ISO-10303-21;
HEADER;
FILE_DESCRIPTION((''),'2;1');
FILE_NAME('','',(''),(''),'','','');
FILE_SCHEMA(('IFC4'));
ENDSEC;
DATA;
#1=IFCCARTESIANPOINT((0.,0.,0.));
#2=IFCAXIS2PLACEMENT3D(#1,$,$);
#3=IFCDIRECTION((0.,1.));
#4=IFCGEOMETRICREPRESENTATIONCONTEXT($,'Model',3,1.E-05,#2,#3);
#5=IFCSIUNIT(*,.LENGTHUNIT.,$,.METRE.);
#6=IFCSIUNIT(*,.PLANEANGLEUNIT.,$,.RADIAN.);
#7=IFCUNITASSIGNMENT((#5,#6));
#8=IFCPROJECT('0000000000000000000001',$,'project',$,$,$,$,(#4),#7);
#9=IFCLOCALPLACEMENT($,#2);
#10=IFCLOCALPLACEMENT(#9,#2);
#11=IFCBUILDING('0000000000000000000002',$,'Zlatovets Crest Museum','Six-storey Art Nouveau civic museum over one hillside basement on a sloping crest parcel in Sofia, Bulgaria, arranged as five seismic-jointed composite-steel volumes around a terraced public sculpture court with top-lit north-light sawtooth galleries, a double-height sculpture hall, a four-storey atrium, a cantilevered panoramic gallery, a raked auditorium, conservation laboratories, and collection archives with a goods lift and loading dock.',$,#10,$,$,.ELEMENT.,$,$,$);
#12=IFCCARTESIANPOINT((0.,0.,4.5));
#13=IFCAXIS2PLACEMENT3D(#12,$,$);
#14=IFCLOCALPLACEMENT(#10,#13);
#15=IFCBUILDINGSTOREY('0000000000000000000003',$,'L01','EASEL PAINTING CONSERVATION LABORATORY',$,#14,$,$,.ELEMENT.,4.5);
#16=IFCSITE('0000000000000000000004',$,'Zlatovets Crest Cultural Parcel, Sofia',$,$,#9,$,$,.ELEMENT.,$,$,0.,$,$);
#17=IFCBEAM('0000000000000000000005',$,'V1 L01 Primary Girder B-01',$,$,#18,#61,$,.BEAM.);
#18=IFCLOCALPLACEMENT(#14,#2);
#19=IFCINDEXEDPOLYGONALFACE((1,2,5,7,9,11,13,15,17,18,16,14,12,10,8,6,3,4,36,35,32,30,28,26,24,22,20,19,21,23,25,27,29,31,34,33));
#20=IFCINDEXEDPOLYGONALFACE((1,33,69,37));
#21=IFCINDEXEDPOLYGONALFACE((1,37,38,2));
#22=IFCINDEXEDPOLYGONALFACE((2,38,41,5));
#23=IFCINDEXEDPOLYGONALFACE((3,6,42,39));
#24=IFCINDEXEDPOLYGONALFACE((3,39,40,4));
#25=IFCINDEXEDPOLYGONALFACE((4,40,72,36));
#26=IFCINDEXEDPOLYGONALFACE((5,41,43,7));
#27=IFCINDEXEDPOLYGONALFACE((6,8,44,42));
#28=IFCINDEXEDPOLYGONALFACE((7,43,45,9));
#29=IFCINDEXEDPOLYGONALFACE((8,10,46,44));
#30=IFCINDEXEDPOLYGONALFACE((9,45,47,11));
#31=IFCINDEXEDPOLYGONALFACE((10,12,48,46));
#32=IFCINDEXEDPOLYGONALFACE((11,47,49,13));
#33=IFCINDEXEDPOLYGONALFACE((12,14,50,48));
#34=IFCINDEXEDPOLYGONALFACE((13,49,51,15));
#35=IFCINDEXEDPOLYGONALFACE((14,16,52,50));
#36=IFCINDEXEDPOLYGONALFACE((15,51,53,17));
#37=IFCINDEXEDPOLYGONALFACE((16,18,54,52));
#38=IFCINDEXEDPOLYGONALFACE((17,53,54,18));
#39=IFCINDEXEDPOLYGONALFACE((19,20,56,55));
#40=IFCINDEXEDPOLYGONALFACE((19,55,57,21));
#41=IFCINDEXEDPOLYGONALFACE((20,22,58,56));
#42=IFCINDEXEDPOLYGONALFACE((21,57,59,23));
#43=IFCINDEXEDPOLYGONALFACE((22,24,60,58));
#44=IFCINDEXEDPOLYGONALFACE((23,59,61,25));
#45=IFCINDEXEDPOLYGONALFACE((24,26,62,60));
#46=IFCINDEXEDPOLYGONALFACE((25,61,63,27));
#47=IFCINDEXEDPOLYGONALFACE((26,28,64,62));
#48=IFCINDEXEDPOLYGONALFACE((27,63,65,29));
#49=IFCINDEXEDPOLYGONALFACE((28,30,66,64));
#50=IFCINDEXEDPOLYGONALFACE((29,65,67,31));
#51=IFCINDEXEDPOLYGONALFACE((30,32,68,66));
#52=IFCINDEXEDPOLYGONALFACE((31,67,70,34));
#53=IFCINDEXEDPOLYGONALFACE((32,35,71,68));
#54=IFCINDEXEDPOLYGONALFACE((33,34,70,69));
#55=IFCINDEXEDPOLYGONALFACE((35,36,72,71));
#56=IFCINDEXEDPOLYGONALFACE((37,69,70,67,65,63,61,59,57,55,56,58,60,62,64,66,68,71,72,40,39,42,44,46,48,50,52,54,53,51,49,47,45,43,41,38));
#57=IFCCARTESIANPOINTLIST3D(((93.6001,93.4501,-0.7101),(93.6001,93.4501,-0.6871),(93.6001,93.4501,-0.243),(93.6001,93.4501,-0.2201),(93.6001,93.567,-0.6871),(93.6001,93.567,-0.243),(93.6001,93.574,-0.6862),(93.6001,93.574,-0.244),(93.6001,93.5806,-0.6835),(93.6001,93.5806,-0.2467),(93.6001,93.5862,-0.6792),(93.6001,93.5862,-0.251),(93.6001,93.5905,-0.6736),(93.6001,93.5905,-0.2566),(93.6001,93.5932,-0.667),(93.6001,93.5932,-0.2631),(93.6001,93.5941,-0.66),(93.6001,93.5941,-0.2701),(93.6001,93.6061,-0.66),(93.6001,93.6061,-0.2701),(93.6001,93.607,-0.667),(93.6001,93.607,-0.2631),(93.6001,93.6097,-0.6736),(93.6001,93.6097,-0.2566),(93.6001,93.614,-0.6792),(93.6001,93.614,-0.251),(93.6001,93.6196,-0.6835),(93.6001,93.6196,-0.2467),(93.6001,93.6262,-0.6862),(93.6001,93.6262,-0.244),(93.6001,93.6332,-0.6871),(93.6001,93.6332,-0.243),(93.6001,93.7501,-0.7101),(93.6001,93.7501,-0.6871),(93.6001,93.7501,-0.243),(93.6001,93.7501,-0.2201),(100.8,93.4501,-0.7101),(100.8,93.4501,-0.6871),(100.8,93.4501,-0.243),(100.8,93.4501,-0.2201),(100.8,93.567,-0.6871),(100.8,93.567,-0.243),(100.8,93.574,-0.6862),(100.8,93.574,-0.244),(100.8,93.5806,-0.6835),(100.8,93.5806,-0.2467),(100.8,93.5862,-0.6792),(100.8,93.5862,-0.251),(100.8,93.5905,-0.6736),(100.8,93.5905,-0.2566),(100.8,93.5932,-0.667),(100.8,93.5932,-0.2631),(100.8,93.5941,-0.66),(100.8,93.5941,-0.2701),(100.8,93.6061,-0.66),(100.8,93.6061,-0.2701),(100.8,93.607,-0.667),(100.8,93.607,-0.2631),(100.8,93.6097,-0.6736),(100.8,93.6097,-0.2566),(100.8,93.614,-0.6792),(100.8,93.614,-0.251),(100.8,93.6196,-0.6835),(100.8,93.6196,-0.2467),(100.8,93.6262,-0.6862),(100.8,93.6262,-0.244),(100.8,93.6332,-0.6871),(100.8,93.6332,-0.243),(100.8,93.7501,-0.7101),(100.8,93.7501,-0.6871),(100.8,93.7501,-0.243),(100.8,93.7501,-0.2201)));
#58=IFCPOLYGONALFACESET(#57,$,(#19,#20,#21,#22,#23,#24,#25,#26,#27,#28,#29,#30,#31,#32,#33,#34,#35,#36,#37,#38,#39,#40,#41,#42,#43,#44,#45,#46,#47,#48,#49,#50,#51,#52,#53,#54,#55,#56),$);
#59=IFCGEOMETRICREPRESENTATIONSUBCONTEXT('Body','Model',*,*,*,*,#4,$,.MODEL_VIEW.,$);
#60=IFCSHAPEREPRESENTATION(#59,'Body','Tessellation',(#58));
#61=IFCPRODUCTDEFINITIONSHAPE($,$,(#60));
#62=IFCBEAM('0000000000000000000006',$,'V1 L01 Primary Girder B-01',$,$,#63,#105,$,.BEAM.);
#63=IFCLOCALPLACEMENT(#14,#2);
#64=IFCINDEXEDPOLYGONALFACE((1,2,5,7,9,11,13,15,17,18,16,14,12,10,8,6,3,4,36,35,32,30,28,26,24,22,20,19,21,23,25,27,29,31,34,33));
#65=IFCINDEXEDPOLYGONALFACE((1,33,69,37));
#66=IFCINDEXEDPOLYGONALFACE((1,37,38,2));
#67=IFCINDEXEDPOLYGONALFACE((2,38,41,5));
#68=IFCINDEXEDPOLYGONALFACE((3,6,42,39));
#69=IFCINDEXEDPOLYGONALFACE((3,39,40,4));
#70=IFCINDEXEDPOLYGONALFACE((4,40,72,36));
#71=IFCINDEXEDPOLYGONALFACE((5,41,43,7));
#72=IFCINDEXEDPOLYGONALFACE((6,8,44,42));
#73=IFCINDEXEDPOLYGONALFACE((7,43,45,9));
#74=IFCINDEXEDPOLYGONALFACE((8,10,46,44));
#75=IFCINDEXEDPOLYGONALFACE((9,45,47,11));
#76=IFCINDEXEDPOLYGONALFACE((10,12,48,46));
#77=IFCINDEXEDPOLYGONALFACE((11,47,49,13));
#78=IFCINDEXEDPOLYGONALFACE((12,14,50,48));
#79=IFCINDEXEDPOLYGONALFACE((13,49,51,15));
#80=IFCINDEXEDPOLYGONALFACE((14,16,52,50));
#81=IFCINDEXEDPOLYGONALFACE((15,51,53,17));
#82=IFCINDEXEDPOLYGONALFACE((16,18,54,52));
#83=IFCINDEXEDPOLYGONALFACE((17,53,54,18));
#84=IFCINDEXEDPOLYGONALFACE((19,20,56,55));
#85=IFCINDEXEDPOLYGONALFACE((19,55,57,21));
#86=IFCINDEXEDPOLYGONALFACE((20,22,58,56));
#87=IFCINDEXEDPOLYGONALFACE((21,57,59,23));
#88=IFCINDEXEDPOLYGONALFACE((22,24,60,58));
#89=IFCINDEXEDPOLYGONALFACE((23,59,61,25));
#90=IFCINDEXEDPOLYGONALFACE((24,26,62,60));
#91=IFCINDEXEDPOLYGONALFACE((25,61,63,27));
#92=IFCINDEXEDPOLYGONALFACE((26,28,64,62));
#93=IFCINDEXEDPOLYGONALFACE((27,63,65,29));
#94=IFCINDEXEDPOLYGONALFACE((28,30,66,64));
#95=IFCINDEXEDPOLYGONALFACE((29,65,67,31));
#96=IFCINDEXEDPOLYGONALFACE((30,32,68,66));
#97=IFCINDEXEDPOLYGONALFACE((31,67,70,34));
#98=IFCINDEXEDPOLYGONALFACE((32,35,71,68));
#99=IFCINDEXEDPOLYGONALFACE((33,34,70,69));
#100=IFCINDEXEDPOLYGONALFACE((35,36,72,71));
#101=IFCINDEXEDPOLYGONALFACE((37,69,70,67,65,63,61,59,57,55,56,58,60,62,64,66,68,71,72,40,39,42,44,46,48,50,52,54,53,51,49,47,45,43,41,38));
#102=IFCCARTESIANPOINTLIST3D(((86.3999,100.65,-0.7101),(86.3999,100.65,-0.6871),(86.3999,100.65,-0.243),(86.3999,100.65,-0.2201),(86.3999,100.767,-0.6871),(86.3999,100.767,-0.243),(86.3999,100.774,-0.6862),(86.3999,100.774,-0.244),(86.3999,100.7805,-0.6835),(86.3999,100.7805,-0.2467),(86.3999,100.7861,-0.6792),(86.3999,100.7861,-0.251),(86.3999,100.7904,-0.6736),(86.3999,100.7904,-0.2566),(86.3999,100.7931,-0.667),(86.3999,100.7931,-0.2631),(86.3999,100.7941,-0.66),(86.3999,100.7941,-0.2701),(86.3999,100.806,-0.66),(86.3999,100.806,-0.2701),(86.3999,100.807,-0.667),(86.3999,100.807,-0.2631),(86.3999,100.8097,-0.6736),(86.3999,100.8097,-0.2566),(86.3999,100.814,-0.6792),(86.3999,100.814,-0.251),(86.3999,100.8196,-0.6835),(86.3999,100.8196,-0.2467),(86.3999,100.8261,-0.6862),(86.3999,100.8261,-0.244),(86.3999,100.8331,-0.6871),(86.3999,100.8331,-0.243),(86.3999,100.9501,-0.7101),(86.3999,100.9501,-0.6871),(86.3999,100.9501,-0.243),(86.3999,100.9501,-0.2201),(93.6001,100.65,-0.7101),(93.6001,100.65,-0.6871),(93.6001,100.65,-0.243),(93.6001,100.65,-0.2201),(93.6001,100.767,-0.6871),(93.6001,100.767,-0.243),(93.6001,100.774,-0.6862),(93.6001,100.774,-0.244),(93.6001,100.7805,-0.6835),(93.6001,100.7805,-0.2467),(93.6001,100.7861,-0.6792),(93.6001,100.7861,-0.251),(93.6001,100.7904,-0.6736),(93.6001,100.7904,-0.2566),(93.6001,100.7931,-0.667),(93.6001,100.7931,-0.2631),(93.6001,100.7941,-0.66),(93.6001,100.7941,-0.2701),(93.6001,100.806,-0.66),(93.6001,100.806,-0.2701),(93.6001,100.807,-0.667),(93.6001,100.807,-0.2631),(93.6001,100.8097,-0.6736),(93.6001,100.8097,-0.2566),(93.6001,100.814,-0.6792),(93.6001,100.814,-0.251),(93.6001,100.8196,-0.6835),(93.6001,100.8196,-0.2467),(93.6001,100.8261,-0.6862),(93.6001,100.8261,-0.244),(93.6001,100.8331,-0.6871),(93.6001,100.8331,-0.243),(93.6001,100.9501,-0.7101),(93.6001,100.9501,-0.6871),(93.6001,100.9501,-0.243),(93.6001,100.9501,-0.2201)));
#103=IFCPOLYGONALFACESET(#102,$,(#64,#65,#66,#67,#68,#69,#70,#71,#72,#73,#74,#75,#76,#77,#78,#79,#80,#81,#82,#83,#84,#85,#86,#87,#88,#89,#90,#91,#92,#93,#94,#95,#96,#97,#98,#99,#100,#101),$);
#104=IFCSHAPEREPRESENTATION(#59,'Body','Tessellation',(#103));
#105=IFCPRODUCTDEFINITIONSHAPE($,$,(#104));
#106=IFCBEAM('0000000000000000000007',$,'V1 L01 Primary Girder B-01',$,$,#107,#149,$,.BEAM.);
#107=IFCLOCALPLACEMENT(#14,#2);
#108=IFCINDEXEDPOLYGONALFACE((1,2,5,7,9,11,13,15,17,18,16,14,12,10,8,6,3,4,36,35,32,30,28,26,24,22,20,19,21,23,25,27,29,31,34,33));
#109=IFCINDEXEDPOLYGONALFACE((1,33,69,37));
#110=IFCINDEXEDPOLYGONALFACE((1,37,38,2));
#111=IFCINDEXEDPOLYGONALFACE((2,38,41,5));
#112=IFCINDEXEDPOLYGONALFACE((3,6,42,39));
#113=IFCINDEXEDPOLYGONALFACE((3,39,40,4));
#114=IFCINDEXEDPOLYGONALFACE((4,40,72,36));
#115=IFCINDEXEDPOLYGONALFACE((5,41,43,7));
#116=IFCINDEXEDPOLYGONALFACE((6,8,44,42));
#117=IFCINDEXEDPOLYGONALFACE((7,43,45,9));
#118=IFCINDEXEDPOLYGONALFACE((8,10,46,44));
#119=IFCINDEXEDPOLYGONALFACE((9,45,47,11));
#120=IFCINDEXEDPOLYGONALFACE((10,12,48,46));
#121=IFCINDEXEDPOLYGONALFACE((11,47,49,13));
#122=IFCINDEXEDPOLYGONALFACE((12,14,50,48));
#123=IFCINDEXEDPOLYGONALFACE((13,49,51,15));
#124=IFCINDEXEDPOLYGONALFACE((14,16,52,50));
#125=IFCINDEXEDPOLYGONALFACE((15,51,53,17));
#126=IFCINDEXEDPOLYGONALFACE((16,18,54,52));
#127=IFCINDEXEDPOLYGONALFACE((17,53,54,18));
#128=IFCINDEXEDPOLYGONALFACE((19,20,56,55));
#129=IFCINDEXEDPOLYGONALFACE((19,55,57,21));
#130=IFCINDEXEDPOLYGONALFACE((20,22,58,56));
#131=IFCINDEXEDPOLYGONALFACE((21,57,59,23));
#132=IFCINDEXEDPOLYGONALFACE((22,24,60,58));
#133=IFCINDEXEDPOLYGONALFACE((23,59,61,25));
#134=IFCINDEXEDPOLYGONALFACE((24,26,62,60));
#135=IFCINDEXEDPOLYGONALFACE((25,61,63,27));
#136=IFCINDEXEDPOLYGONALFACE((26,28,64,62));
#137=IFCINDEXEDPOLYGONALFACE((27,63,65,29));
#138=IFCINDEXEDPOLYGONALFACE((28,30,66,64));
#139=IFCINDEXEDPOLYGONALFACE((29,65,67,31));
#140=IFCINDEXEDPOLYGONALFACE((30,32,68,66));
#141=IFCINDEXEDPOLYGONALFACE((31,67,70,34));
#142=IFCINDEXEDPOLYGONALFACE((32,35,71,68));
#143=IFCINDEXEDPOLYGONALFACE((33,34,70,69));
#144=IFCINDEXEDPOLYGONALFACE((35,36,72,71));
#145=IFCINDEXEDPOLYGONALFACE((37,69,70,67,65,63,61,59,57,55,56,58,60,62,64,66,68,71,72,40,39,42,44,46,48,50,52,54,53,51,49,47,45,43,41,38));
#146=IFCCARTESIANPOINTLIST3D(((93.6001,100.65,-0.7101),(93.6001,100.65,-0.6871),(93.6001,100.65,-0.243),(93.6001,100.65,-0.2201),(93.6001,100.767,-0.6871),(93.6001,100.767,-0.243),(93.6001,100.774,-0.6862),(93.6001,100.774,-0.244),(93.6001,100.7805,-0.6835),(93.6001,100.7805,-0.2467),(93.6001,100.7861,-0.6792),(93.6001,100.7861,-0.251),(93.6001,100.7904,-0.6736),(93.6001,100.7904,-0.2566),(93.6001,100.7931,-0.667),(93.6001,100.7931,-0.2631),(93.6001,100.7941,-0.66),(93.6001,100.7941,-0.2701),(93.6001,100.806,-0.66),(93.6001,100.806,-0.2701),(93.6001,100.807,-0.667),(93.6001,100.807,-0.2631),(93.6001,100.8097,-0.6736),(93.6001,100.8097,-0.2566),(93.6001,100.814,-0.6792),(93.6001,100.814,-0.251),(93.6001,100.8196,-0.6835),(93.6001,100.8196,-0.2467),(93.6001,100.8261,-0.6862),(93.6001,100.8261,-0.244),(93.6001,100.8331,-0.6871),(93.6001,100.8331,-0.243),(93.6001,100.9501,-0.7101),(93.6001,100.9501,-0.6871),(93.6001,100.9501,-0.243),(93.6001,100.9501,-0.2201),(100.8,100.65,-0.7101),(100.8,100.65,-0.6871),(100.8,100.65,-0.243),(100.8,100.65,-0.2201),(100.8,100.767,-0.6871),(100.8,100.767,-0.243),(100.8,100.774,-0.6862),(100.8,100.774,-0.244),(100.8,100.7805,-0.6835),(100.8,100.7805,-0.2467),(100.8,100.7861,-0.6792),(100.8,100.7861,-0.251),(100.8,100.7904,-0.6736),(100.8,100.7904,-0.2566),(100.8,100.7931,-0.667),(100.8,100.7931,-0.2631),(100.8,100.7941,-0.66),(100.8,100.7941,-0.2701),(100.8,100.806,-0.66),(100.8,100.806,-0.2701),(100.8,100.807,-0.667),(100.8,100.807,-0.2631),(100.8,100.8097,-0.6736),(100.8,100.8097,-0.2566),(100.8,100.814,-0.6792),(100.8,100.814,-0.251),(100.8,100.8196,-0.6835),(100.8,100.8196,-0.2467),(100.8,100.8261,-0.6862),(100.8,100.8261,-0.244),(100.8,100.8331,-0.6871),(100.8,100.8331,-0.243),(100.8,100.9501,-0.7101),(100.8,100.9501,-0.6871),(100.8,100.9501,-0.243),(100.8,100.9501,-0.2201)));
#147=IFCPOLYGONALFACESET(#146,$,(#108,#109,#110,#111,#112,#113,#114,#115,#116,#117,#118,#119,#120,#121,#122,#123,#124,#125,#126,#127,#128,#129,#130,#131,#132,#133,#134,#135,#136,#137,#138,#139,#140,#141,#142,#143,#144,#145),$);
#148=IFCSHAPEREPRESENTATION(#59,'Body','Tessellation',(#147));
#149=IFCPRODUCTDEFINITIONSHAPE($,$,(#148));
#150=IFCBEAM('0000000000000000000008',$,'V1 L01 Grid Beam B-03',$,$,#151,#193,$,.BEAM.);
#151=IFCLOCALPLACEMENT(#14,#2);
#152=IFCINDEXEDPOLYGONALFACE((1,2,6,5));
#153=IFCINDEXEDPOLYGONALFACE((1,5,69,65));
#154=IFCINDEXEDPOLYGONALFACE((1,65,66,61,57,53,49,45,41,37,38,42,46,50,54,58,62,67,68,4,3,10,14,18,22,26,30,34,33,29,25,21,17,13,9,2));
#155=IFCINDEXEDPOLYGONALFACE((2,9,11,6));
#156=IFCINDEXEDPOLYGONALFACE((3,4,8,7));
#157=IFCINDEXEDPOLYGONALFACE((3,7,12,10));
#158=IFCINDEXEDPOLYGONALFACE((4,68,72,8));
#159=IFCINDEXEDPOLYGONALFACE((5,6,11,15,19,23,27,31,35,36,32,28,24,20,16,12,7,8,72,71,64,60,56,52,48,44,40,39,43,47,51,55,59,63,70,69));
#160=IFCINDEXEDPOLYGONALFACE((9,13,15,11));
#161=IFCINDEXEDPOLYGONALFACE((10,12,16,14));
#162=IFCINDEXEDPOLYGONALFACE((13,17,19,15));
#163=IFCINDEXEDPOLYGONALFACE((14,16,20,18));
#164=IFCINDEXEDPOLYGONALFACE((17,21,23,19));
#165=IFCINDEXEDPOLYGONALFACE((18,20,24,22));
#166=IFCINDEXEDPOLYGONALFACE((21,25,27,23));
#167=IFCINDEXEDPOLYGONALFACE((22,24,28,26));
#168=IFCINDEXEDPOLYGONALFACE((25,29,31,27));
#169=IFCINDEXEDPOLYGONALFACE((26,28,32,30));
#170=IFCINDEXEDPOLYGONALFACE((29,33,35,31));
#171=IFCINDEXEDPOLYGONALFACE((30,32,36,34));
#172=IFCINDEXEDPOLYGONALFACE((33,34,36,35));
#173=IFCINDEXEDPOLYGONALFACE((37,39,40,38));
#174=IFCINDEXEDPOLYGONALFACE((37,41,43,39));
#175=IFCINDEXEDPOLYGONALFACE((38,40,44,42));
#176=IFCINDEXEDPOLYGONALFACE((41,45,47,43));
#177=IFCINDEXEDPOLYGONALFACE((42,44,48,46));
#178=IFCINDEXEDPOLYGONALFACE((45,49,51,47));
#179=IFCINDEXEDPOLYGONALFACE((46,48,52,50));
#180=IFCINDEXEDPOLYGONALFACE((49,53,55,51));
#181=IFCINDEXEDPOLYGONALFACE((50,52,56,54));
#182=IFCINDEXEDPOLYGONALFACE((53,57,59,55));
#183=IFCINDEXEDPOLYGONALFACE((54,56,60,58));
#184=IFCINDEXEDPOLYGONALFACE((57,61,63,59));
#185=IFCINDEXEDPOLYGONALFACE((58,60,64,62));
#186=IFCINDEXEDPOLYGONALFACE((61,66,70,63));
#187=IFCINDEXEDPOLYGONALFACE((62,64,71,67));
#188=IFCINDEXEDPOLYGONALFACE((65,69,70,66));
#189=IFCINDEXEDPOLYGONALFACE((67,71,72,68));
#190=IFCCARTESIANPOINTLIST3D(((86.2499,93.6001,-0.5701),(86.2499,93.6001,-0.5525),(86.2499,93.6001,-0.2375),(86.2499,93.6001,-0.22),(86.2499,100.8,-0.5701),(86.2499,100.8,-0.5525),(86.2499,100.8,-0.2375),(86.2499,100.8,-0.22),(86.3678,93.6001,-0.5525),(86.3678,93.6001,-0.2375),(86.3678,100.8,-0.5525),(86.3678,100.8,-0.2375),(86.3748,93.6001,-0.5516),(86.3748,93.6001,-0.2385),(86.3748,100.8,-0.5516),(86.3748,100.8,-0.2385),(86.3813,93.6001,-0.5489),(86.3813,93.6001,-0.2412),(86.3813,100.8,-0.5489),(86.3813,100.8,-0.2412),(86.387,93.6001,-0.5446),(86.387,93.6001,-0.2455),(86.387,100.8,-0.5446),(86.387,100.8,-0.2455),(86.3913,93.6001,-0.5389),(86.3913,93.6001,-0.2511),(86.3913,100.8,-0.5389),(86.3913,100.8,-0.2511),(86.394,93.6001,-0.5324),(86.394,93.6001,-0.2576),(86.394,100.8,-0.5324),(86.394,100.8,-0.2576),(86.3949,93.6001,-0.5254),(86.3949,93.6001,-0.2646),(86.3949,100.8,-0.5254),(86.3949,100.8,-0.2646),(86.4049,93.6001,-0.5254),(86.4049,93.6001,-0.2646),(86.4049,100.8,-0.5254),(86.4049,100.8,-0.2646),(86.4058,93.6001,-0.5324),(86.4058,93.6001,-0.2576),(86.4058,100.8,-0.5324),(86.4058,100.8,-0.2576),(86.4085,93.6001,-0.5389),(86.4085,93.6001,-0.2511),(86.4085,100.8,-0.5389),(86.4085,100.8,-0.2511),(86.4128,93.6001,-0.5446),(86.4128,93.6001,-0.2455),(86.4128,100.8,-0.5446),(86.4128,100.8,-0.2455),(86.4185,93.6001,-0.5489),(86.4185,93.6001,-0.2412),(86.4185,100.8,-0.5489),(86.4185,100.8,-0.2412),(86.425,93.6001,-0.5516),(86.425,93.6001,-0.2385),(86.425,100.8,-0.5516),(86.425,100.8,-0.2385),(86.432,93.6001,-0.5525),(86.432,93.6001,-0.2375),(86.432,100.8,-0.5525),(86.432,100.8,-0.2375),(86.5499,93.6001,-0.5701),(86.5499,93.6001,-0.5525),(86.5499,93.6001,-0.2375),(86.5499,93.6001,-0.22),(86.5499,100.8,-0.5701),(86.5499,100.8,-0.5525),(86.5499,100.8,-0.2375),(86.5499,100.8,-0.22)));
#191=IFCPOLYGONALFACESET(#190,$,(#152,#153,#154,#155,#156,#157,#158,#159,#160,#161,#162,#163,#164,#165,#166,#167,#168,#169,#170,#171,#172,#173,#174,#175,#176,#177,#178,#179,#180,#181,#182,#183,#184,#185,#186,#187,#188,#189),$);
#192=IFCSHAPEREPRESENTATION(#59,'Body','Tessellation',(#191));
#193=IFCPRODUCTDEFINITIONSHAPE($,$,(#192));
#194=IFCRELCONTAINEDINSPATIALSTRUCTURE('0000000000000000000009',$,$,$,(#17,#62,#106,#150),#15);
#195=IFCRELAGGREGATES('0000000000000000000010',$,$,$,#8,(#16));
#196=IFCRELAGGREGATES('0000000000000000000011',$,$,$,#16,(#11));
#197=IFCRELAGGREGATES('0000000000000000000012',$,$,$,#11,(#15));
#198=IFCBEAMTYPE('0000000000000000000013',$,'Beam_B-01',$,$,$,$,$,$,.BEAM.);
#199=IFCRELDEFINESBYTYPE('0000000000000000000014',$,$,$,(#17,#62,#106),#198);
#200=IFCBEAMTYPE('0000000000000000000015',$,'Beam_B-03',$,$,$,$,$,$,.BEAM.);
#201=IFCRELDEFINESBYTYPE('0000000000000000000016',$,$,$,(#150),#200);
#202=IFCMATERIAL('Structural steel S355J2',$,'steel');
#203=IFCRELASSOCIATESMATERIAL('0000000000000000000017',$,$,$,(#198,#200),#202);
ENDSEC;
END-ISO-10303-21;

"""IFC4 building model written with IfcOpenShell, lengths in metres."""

from ifc_helpers import new_model, si_unit, direction, frame, origin, origin_2d, place, context, subcontext, project, spatial, i_section, extrude, material, material_profile, profile_set, type_object, element, save


model = new_model("IFC4")

# Units and contexts
model_context = context("Model", 3, precision=1e-05, world=origin(), true_north=direction((0.0, 1.0)))
body_context = subcontext(model_context, "Body", "Model", "MODEL_VIEW")
ifc_project = project(units=[si_unit("LENGTHUNIT", "METRE"), si_unit("PLANEANGLEUNIT", "RADIAN")], contexts=[model_context])

# Site, building, storey
site_placement = place(None, origin())
site = spatial("IfcSite", under=ifc_project, at=site_placement, Name="Zlatovets Crest Cultural Parcel, Sofia", CompositionType="ELEMENT", RefElevation=0.0)
building_placement = place(site_placement, origin())
building = spatial("IfcBuilding", under=site, at=building_placement, Name="Zlatovets Crest Museum", Description="Six-storey Art Nouveau civic museum over one hillside basement on a sloping crest parcel in Sofia, Bulgaria, arranged as five seismic-jointed composite-steel volumes around a terraced public sculpture court with top-lit north-light sawtooth galleries, a double-height sculpture hall, a four-storey atrium, a cantilevered panoramic gallery, a raked auditorium, conservation laboratories, and collection archives with a goods lift and loading dock.", CompositionType="ELEMENT")
storey_placement = place(building_placement, frame((0.0, 0.0, 4.5)))
storey = spatial("IfcBuildingStorey", under=building, at=storey_placement, Name="L01", Description="EASEL PAINTING CONSERVATION LABORATORY", CompositionType="ELEMENT", Elevation=4.5)

# Shared definitions
ifc_material_1 = material(Name="Structural steel S355J2", Category="steel")

# Beams
ifc_material_profile_1 = material_profile(ifc_material_1, i_section(OverallWidth=0.3, OverallDepth=0.49, WebThickness=0.012, FlangeThickness=0.0229, FilletRadius=0.0271, at=origin_2d()), Name="HEA 500")
ifc_profile_set_1 = profile_set([ifc_material_profile_1], Name="Structural steel S355J2")
beam_type_1 = type_object("IfcBeamType", Name="Beam_B-01", PredefinedType="BEAM", material=ifc_profile_set_1)
beam_1_placement = place(storey_placement, frame((93.6001, 93.6001, -0.4651), z_axis=(1.0, 0.0, 0.0), x_axis=(0.0, 1.0, 0.0)))
element("IfcBeam", 1, at=beam_1_placement, inside=storey, type_object=beam_type_1, Name="V1 L01 Primary Girder B-01", PredefinedType="BEAM", context=body_context, shape_type="SweptSolid", body=[
    extrude(i_section(OverallWidth=0.3, OverallDepth=0.49, WebThickness=0.012, FlangeThickness=0.0229, FilletRadius=0.0271, at=origin_2d()), origin(), (0.0, 0.0, 1.0), 7.2),
])
beam_2_placement = place(storey_placement, frame((86.3999, 100.8, -0.4651), z_axis=(1.0, 0.0, 0.0), x_axis=(0.0, 1.0, 0.0)))
element("IfcBeam", 2, at=beam_2_placement, inside=storey, type_object=beam_type_1, Name="V1 L01 Primary Girder B-01", PredefinedType="BEAM", context=body_context, shape_type="SweptSolid", body=[
    extrude(i_section(OverallWidth=0.3, OverallDepth=0.49, WebThickness=0.012, FlangeThickness=0.0229, FilletRadius=0.0271, at=origin_2d()), origin(), (0.0, 0.0, 1.0), 7.2002),
])
beam_3_placement = place(storey_placement, frame((93.6001, 100.8, -0.4651), z_axis=(1.0, 0.0, 0.0), x_axis=(0.0, 1.0, 0.0)))
element("IfcBeam", 3, at=beam_3_placement, inside=storey, type_object=beam_type_1, Name="V1 L01 Primary Girder B-01", PredefinedType="BEAM", context=body_context, shape_type="SweptSolid", body=[
    extrude(i_section(OverallWidth=0.3, OverallDepth=0.49, WebThickness=0.012, FlangeThickness=0.0229, FilletRadius=0.0271, at=origin_2d()), origin(), (0.0, 0.0, 1.0), 7.2),
])
ifc_material_profile_2 = material_profile(ifc_material_1, i_section(OverallWidth=0.3, OverallDepth=0.3501, WebThickness=0.01, FlangeThickness=0.0176, FilletRadius=0.0271, at=origin_2d()), Name="HEA 360")
ifc_profile_set_2 = profile_set([ifc_material_profile_2], Name="Structural steel S355J2")
beam_type_2 = type_object("IfcBeamType", Name="Beam_B-03", PredefinedType="BEAM", material=ifc_profile_set_2)
for number, where, z_axis, x_axis, name in (
    (4, (86.3999, 93.6001, -0.395), (0.0, 1.0, 0.0), (-1.0, 0.0, 0.0), "V1 L01 Grid Beam B-03"),
):
    element("IfcBeam", number, at=place(storey_placement, frame(where, z_axis=z_axis, x_axis=x_axis)), inside=storey, type_object=beam_type_2, Name=name, PredefinedType="BEAM", context=body_context, shape_type="SweptSolid", body=[
        extrude(i_section(OverallWidth=0.3, OverallDepth=0.3501, WebThickness=0.01, FlangeThickness=0.0176, FilletRadius=0.0271, at=origin_2d()), origin(), (0.0, 0.0, 1.0), 7.2),
    ])

save(model, "model.ifc")
